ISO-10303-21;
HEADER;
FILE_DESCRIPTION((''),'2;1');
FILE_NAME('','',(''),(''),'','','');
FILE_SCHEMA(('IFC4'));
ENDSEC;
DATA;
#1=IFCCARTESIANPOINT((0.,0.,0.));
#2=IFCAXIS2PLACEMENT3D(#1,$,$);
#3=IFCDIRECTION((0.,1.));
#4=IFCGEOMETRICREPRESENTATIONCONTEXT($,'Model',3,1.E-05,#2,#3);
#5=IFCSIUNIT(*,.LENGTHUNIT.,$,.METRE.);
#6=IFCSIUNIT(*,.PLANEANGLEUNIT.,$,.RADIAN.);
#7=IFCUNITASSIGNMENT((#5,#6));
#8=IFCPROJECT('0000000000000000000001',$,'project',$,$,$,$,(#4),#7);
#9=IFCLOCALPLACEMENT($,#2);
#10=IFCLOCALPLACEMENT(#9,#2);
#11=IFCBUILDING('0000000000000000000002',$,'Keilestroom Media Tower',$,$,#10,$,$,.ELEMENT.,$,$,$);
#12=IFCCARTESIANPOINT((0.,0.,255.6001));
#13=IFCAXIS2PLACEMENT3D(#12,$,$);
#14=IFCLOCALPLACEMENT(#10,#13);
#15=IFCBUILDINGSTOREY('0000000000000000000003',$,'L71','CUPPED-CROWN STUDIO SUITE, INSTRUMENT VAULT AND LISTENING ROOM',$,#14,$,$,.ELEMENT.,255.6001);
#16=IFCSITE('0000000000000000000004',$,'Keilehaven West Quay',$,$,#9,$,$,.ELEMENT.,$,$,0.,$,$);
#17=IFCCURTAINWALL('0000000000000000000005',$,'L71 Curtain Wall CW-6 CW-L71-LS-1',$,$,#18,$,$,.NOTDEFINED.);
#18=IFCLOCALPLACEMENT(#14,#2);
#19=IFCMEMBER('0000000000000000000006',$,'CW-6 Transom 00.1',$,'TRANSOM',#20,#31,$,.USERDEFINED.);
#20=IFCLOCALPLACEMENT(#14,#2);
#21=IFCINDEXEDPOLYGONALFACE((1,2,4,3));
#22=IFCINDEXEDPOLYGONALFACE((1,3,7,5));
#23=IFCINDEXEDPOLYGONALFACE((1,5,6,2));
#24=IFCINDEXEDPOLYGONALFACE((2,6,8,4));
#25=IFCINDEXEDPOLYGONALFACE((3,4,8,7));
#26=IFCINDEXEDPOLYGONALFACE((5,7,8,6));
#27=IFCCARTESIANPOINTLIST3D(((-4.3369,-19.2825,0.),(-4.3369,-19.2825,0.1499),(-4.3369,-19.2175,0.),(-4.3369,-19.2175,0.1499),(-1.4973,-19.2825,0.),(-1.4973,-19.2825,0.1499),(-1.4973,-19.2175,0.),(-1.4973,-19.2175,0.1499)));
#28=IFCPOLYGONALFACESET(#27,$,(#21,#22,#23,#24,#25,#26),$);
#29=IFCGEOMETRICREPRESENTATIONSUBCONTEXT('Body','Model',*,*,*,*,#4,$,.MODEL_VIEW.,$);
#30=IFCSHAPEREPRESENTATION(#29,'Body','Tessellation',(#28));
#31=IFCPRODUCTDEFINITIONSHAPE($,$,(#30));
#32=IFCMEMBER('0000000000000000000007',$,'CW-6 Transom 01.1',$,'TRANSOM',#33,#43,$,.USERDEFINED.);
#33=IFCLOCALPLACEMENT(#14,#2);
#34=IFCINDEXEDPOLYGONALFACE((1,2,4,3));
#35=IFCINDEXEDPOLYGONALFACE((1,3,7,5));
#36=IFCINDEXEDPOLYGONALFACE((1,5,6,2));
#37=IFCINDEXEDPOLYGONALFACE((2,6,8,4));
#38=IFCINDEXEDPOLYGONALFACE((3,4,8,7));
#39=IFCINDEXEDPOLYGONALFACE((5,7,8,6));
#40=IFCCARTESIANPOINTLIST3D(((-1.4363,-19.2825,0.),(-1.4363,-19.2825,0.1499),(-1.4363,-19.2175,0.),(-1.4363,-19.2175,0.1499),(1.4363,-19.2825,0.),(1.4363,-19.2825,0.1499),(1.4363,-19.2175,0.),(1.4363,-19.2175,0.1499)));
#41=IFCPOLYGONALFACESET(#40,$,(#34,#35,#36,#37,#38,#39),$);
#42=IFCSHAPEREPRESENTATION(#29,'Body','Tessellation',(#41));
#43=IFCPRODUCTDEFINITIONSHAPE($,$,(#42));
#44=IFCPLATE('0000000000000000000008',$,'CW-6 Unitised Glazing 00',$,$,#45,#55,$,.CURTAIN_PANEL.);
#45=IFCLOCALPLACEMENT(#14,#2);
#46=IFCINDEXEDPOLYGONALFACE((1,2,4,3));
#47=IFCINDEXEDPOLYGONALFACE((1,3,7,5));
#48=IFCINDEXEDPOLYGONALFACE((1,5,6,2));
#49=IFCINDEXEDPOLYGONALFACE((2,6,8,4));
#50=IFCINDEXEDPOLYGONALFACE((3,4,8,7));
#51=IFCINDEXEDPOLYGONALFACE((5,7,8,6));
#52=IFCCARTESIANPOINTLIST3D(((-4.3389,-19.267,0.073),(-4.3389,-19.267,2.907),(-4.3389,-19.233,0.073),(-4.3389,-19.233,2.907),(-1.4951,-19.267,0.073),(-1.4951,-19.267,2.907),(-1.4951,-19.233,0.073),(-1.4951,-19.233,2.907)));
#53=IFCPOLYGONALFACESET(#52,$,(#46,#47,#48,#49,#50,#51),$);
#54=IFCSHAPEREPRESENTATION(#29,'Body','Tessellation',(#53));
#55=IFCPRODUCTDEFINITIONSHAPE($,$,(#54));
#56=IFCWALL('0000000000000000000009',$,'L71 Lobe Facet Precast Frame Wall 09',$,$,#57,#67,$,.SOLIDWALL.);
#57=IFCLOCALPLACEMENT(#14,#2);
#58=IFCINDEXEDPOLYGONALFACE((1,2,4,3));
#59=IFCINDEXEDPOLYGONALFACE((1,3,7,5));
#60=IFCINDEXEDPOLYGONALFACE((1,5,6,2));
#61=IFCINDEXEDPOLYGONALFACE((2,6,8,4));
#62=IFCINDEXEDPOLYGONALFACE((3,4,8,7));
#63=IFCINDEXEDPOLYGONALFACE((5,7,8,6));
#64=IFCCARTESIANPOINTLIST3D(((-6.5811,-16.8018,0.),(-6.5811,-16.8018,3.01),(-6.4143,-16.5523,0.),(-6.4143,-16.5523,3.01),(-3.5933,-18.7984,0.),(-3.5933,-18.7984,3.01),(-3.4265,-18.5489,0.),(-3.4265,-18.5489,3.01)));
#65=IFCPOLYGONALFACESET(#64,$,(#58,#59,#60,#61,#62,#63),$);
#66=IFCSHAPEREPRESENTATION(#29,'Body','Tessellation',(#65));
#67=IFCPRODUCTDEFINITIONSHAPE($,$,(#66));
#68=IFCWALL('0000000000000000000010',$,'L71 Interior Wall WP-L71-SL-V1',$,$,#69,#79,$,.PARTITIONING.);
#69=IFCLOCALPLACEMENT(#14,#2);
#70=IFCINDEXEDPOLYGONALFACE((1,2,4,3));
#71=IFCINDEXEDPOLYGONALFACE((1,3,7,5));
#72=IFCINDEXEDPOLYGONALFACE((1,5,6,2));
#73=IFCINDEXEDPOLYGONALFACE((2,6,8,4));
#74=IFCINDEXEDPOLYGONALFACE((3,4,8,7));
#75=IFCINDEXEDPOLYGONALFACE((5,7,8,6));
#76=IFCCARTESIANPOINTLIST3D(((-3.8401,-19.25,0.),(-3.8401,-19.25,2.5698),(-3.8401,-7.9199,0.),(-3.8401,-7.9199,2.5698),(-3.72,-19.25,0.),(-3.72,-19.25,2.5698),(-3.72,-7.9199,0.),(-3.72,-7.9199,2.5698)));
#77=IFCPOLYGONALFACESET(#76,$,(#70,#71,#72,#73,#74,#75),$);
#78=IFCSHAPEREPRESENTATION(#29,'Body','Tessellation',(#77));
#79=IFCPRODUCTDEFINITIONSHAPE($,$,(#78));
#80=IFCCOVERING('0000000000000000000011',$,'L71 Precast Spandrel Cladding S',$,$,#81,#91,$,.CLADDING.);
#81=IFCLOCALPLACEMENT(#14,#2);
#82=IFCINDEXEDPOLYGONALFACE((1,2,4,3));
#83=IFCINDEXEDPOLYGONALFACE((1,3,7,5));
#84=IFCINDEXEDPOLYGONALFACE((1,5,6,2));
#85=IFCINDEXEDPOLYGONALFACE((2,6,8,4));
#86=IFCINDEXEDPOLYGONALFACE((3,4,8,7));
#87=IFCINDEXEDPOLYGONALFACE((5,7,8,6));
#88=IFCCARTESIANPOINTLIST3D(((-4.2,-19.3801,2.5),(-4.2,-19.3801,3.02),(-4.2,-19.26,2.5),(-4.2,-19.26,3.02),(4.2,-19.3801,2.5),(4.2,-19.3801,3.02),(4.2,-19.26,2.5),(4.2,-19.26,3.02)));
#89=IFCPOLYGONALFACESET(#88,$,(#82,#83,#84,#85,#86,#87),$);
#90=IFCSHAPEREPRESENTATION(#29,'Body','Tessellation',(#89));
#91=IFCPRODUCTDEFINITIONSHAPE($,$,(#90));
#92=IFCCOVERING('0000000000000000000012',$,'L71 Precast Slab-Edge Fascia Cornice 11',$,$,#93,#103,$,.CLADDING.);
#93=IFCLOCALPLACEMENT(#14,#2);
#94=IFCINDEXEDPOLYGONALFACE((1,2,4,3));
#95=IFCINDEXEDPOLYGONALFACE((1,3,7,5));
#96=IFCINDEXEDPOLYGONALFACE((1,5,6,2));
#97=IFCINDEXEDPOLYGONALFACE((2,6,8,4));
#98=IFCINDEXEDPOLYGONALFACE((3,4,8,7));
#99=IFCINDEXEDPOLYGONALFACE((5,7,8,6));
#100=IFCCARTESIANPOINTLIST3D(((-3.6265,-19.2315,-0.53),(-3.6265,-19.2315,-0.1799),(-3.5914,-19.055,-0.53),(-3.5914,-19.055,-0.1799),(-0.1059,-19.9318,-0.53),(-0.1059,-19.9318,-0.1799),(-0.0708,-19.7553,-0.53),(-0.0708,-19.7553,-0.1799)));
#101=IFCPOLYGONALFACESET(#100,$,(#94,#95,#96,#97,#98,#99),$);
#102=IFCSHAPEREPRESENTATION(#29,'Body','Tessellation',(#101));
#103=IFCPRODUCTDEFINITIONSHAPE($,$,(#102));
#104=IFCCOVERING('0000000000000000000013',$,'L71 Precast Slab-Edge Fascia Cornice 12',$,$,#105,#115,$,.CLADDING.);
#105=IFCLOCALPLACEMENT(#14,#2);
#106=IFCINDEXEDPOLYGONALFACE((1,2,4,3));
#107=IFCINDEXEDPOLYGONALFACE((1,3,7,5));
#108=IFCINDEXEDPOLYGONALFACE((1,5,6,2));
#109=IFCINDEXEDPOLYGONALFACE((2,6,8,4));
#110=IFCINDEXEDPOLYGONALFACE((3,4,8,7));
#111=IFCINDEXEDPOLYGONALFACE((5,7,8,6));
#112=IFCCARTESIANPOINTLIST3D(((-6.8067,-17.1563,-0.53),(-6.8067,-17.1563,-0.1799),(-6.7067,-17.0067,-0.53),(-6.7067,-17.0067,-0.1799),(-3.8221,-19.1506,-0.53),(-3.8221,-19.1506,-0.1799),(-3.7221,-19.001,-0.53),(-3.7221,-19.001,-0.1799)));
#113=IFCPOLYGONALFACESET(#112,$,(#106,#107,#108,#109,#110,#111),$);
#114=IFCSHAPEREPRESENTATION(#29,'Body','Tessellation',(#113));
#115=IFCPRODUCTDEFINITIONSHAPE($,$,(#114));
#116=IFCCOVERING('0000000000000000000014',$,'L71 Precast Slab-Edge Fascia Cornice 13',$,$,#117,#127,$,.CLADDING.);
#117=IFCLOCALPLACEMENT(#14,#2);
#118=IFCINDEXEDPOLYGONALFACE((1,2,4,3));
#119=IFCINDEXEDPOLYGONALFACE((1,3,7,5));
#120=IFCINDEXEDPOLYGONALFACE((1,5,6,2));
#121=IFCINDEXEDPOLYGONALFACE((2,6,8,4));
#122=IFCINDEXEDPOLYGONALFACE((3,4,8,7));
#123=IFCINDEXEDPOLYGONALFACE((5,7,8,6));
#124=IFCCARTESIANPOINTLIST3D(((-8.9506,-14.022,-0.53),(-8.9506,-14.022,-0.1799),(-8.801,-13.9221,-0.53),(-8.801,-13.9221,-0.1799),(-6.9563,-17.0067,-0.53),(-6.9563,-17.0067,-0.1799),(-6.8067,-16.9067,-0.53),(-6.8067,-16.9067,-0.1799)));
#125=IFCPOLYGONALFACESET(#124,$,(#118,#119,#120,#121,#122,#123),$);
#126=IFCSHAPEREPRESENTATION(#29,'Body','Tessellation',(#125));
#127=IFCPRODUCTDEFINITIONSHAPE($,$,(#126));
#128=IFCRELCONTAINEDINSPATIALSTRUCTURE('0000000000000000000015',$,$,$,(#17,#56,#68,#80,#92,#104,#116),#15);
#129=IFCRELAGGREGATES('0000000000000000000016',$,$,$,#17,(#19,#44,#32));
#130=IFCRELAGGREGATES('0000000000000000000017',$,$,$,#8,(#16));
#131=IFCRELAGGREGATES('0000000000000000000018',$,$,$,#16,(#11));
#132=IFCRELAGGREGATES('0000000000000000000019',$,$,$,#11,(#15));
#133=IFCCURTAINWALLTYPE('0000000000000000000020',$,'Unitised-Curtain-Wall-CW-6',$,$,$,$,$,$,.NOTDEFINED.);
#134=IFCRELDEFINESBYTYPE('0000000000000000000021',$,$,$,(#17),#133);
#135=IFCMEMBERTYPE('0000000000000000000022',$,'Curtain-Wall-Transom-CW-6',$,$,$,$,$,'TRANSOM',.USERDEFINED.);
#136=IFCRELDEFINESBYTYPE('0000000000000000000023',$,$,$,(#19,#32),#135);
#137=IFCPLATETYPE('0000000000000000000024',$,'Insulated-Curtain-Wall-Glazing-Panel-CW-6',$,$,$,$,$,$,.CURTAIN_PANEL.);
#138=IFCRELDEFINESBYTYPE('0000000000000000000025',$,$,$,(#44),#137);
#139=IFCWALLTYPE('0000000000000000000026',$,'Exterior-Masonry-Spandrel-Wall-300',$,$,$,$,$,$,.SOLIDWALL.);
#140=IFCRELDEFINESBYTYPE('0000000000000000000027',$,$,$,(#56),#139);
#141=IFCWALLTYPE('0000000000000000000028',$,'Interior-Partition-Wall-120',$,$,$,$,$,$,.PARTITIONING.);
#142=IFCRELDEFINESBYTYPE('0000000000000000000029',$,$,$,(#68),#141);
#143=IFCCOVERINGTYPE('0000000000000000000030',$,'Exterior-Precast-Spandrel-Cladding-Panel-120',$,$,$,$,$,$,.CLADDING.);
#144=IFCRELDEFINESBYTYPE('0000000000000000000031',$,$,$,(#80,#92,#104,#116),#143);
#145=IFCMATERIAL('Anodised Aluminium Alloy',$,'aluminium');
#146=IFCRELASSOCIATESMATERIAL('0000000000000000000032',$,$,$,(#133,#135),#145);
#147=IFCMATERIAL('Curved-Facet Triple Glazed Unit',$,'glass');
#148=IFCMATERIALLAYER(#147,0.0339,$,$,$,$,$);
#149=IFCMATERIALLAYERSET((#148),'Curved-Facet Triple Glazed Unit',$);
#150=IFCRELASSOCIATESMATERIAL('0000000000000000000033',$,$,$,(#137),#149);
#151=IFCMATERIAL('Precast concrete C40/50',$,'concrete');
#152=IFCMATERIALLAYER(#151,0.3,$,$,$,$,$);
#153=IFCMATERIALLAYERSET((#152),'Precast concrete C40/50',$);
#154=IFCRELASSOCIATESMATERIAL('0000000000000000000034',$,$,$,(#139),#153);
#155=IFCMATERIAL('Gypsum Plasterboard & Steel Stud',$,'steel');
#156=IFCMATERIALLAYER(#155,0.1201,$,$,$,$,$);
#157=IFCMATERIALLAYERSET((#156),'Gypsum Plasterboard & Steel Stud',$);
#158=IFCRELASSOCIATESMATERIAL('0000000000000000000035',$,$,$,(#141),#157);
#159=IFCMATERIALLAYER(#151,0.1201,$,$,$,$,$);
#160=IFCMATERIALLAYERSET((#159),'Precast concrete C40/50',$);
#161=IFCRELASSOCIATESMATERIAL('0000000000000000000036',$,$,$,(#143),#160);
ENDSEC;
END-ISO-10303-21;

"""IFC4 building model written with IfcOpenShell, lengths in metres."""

from ifc_helpers import new_model, si_unit, direction, frame, frame_2d, origin, origin_2d, place, context, subcontext, project, spatial, rectangle, extrude, source, transform, mapped, material, layer, layer_set, material_profile, profile_set, type_object, element, aggregate, save


model = new_model("IFC4")

# Units and contexts
model_context = context("Model", 3, precision=1e-05, world=origin(), true_north=direction((0.0, 1.0)))
body_context = subcontext(model_context, "Body", "Model", "MODEL_VIEW")
ifc_project = project(units=[si_unit("LENGTHUNIT", "METRE"), si_unit("PLANEANGLEUNIT", "RADIAN")], contexts=[model_context])

# Site, building, storey
site_placement = place(None, origin())
site = spatial("IfcSite", under=ifc_project, at=site_placement, Name="Keilehaven West Quay", CompositionType="ELEMENT", RefElevation=0.0)
building_placement = place(site_placement, origin())
building = spatial("IfcBuilding", under=site, at=building_placement, Name="Keilestroom Media Tower", CompositionType="ELEMENT")
storey_placement = place(building_placement, frame((0.0, 0.0, 255.6001)))
storey = spatial("IfcBuildingStorey", under=building, at=storey_placement, Name="L71", Description="CUPPED-CROWN STUDIO SUITE, INSTRUMENT VAULT AND LISTENING ROOM", CompositionType="ELEMENT", Elevation=255.6001)

# Curtain wall, members, plate
ifc_material_1 = material(Name="Anodised Aluminium Alloy", Category="aluminium")
curtain_wall_type = type_object("IfcCurtainWallType", Name="Unitised-Curtain-Wall-CW-6", PredefinedType="NOTDEFINED", material=ifc_material_1)
curtain_wall_placement = place(storey_placement, origin())
curtain_wall = element("IfcCurtainWall", 1, at=curtain_wall_placement, inside=storey, type_object=curtain_wall_type, Name="L71 Curtain Wall CW-6 CW-L71-LS-1", PredefinedType="NOTDEFINED")
ifc_material_profile_1 = material_profile(ifc_material_1, rectangle(XDim=0.0649, YDim=0.1499, at=origin_2d()), Name="ALU TRANSOM 65x150")
ifc_profile_set_1 = profile_set([ifc_material_profile_1], Name="Anodised Aluminium Alloy")
member_type_1 = type_object("IfcMemberType", Name="Curtain-Wall-Transom-CW-6", ElementType="TRANSOM", PredefinedType="USERDEFINED", material=ifc_profile_set_1)
shared_shape_1 = source(origin(), body_context, "Body", "SweptSolid", [
    extrude(rectangle(XDim=0.0649, YDim=0.1499, at=origin_2d()), origin(), (0.0, 0.0, 1.0), 2.8396),
])
member_1_placement = place(storey_placement, frame((-4.3369, -19.25, 0.075), z_axis=(1.0, 0.0, 0.0), x_axis=(0.0, 1.0, 0.0)))
member_1 = element("IfcMember", 2, at=member_1_placement, type_object=member_type_1, Name="CW-6 Transom 00.1", ObjectType="TRANSOM", PredefinedType="USERDEFINED", context=body_context, shape_type="MappedRepresentation", body=[
    mapped(shared_shape_1, transform((0.0, 0.0, 0.0), x_axis=(1.0, 0.0, 0.0), y_axis=(0.0, 1.0, 0.0), z_axis=(0.0, 0.0, 1.0), scale=1.0)),
])
shared_shape_2 = source(origin(), body_context, "Body", "SweptSolid", [
    extrude(rectangle(XDim=0.0649, YDim=0.1499, at=origin_2d()), origin(), (0.0, 0.0, 1.0), 2.8726),
])
member_2_placement = place(storey_placement, frame((-1.4363, -19.25, 0.075), z_axis=(1.0, 0.0, 0.0), x_axis=(0.0, 1.0, 0.0)))
member_2 = element("IfcMember", 3, at=member_2_placement, type_object=member_type_1, Name="CW-6 Transom 01.1", ObjectType="TRANSOM", PredefinedType="USERDEFINED", context=body_context, shape_type="MappedRepresentation", body=[
    mapped(shared_shape_2, transform((0.0, 0.0, 0.0), x_axis=(1.0, 0.0, 0.0), y_axis=(0.0, 1.0, 0.0), z_axis=(0.0, 0.0, 1.0), scale=1.0)),
])
ifc_material_2 = material(Name="Curved-Facet Triple Glazed Unit", Category="glass")
ifc_layer_1 = layer(ifc_material_2, 0.0339)
ifc_layer_set_1 = layer_set([ifc_layer_1], Name="Curved-Facet Triple Glazed Unit")
plate_type = type_object("IfcPlateType", Name="Insulated-Curtain-Wall-Glazing-Panel-CW-6", PredefinedType="CURTAIN_PANEL", material=ifc_layer_set_1)
shared_shape_3 = source(origin(), body_context, "Body", "SweptSolid", [
    extrude(rectangle(XDim=2.8438, YDim=0.0339, at=origin_2d()), origin(), (0.0, 0.0, 1.0), 2.834),
])
plate_placement = place(storey_placement, frame((-2.917, -19.25, 0.073), z_axis=(0.0, 0.0, 1.0), x_axis=(1.0, 0.0, 0.0)))
plate = element("IfcPlate", 4, at=plate_placement, type_object=plate_type, Name="CW-6 Unitised Glazing 00", PredefinedType="CURTAIN_PANEL", context=body_context, shape_type="MappedRepresentation", body=[
    mapped(shared_shape_3, transform((0.0, 0.0, 0.0), x_axis=(1.0, 0.0, 0.0), y_axis=(0.0, 1.0, 0.0), z_axis=(0.0, 0.0, 1.0), scale=1.0)),
])
aggregate(curtain_wall, [member_1, plate, member_2])

# Walls
ifc_material_3 = material(Name="Precast concrete C40/50", Category="concrete")
ifc_layer_2 = layer(ifc_material_3, 0.3)
ifc_layer_set_2 = layer_set([ifc_layer_2], Name="Precast concrete C40/50")
wall_type_1 = type_object("IfcWallType", Name="Exterior-Masonry-Spandrel-Wall-300", PredefinedType="SOLIDWALL", material=ifc_layer_set_2)
wall_1_placement = place(storey_placement, frame((-6.4978, -16.677, 0.0), z_axis=(0.0, 0.0, 1.0), x_axis=(0.831444, -0.555609, 0.0)))
element("IfcWall", 5, at=wall_1_placement, inside=storey, type_object=wall_type_1, Name="L71 Lobe Facet Precast Frame Wall 09", PredefinedType="SOLIDWALL", context=body_context, shape_type="SweptSolid", body=[
    extrude(rectangle(XDim=3.5935, YDim=0.3, at=frame_2d((1.7969, 0.0))), origin(), (0.0, 0.0, 1.0), 3.01),
])
ifc_material_4 = material(Name="Gypsum Plasterboard & Steel Stud", Category="steel")
ifc_layer_3 = layer(ifc_material_4, 0.1201)
ifc_layer_set_3 = layer_set([ifc_layer_3], Name="Gypsum Plasterboard & Steel Stud")
wall_type_2 = type_object("IfcWallType", Name="Interior-Partition-Wall-120", PredefinedType="PARTITIONING", material=ifc_layer_set_3)
wall_2_placement = place(storey_placement, frame((-3.78, -19.25, 0.0), z_axis=(0.0, 0.0, 1.0), x_axis=(0.0, 1.0, 0.0)))
element("IfcWall", 6, at=wall_2_placement, inside=storey, type_object=wall_type_2, Name="L71 Interior Wall WP-L71-SL-V1", PredefinedType="PARTITIONING", context=body_context, shape_type="SweptSolid", body=[
    extrude(rectangle(XDim=11.3301, YDim=0.1201, at=frame_2d((5.665, 0.0))), origin(), (0.0, 0.0, 1.0), 2.5698),
])

# Coverings
ifc_layer_4 = layer(ifc_material_3, 0.1201)
ifc_layer_set_4 = layer_set([ifc_layer_4], Name="Precast concrete C40/50")
covering_type = type_object("IfcCoveringType", Name="Exterior-Precast-Spandrel-Cladding-Panel-120", PredefinedType="CLADDING", material=ifc_layer_set_4)
shared_shape_4 = source(origin(), body_context, "Body", "SweptSolid", [
    extrude(rectangle(XDim=8.3999, YDim=0.1201, at=origin_2d()), origin(), (0.0, 0.0, 1.0), 0.52),
])
covering_placement = place(storey_placement, frame((0.0, -19.3201, 2.5), z_axis=(0.0, 0.0, 1.0), x_axis=(1.0, 0.0, 0.0)))
element("IfcCovering", 7, at=covering_placement, inside=storey, type_object=covering_type, Name="L71 Precast Spandrel Cladding S", PredefinedType="CLADDING", context=body_context, shape_type="MappedRepresentation", body=[
    mapped(shared_shape_4, transform((0.0, 0.0, 0.0), x_axis=(1.0, 0.0, 0.0), y_axis=(0.0, 1.0, 0.0), z_axis=(0.0, 0.0, 1.0), scale=1.0)),
])
shared_shape_5 = source(origin(), body_context, "Body", "SweptSolid", [
    extrude(rectangle(XDim=3.5896, YDim=0.1799, at=origin_2d()), origin(), (0.0, 0.0, 1.0), 0.3501),
])
for number, where, z_axis, x_axis, name in (
    (8, (-1.8486, -19.4934, -0.53), (0.0, 0.0, 1.0), (-0.980784, 0.195099, 0.0), "L71 Precast Slab-Edge Fascia Cornice 11"),
    (9, (-5.2644, -18.0786, -0.53), (0.0, 0.0, 1.0), (-0.831467, 0.555575, 0.0), "L71 Precast Slab-Edge Fascia Cornice 12"),
    (10, (-7.8787, -15.4644, -0.53), (0.0, 0.0, 1.0), (-0.555575, 0.831467, 0.0), "L71 Precast Slab-Edge Fascia Cornice 13"),
):
    element("IfcCovering", number, at=place(storey_placement, frame(where, z_axis=z_axis, x_axis=x_axis)), inside=storey, type_object=covering_type, Name=name, PredefinedType="CLADDING", context=body_context, shape_type="MappedRepresentation", body=[
        mapped(shared_shape_5, transform((0.0, 0.0, 0.0), x_axis=(1.0, 0.0, 0.0), y_axis=(0.0, 1.0, 0.0), z_axis=(0.0, 0.0, 1.0), scale=1.0)),
    ])

save(model, "model.ifc")
